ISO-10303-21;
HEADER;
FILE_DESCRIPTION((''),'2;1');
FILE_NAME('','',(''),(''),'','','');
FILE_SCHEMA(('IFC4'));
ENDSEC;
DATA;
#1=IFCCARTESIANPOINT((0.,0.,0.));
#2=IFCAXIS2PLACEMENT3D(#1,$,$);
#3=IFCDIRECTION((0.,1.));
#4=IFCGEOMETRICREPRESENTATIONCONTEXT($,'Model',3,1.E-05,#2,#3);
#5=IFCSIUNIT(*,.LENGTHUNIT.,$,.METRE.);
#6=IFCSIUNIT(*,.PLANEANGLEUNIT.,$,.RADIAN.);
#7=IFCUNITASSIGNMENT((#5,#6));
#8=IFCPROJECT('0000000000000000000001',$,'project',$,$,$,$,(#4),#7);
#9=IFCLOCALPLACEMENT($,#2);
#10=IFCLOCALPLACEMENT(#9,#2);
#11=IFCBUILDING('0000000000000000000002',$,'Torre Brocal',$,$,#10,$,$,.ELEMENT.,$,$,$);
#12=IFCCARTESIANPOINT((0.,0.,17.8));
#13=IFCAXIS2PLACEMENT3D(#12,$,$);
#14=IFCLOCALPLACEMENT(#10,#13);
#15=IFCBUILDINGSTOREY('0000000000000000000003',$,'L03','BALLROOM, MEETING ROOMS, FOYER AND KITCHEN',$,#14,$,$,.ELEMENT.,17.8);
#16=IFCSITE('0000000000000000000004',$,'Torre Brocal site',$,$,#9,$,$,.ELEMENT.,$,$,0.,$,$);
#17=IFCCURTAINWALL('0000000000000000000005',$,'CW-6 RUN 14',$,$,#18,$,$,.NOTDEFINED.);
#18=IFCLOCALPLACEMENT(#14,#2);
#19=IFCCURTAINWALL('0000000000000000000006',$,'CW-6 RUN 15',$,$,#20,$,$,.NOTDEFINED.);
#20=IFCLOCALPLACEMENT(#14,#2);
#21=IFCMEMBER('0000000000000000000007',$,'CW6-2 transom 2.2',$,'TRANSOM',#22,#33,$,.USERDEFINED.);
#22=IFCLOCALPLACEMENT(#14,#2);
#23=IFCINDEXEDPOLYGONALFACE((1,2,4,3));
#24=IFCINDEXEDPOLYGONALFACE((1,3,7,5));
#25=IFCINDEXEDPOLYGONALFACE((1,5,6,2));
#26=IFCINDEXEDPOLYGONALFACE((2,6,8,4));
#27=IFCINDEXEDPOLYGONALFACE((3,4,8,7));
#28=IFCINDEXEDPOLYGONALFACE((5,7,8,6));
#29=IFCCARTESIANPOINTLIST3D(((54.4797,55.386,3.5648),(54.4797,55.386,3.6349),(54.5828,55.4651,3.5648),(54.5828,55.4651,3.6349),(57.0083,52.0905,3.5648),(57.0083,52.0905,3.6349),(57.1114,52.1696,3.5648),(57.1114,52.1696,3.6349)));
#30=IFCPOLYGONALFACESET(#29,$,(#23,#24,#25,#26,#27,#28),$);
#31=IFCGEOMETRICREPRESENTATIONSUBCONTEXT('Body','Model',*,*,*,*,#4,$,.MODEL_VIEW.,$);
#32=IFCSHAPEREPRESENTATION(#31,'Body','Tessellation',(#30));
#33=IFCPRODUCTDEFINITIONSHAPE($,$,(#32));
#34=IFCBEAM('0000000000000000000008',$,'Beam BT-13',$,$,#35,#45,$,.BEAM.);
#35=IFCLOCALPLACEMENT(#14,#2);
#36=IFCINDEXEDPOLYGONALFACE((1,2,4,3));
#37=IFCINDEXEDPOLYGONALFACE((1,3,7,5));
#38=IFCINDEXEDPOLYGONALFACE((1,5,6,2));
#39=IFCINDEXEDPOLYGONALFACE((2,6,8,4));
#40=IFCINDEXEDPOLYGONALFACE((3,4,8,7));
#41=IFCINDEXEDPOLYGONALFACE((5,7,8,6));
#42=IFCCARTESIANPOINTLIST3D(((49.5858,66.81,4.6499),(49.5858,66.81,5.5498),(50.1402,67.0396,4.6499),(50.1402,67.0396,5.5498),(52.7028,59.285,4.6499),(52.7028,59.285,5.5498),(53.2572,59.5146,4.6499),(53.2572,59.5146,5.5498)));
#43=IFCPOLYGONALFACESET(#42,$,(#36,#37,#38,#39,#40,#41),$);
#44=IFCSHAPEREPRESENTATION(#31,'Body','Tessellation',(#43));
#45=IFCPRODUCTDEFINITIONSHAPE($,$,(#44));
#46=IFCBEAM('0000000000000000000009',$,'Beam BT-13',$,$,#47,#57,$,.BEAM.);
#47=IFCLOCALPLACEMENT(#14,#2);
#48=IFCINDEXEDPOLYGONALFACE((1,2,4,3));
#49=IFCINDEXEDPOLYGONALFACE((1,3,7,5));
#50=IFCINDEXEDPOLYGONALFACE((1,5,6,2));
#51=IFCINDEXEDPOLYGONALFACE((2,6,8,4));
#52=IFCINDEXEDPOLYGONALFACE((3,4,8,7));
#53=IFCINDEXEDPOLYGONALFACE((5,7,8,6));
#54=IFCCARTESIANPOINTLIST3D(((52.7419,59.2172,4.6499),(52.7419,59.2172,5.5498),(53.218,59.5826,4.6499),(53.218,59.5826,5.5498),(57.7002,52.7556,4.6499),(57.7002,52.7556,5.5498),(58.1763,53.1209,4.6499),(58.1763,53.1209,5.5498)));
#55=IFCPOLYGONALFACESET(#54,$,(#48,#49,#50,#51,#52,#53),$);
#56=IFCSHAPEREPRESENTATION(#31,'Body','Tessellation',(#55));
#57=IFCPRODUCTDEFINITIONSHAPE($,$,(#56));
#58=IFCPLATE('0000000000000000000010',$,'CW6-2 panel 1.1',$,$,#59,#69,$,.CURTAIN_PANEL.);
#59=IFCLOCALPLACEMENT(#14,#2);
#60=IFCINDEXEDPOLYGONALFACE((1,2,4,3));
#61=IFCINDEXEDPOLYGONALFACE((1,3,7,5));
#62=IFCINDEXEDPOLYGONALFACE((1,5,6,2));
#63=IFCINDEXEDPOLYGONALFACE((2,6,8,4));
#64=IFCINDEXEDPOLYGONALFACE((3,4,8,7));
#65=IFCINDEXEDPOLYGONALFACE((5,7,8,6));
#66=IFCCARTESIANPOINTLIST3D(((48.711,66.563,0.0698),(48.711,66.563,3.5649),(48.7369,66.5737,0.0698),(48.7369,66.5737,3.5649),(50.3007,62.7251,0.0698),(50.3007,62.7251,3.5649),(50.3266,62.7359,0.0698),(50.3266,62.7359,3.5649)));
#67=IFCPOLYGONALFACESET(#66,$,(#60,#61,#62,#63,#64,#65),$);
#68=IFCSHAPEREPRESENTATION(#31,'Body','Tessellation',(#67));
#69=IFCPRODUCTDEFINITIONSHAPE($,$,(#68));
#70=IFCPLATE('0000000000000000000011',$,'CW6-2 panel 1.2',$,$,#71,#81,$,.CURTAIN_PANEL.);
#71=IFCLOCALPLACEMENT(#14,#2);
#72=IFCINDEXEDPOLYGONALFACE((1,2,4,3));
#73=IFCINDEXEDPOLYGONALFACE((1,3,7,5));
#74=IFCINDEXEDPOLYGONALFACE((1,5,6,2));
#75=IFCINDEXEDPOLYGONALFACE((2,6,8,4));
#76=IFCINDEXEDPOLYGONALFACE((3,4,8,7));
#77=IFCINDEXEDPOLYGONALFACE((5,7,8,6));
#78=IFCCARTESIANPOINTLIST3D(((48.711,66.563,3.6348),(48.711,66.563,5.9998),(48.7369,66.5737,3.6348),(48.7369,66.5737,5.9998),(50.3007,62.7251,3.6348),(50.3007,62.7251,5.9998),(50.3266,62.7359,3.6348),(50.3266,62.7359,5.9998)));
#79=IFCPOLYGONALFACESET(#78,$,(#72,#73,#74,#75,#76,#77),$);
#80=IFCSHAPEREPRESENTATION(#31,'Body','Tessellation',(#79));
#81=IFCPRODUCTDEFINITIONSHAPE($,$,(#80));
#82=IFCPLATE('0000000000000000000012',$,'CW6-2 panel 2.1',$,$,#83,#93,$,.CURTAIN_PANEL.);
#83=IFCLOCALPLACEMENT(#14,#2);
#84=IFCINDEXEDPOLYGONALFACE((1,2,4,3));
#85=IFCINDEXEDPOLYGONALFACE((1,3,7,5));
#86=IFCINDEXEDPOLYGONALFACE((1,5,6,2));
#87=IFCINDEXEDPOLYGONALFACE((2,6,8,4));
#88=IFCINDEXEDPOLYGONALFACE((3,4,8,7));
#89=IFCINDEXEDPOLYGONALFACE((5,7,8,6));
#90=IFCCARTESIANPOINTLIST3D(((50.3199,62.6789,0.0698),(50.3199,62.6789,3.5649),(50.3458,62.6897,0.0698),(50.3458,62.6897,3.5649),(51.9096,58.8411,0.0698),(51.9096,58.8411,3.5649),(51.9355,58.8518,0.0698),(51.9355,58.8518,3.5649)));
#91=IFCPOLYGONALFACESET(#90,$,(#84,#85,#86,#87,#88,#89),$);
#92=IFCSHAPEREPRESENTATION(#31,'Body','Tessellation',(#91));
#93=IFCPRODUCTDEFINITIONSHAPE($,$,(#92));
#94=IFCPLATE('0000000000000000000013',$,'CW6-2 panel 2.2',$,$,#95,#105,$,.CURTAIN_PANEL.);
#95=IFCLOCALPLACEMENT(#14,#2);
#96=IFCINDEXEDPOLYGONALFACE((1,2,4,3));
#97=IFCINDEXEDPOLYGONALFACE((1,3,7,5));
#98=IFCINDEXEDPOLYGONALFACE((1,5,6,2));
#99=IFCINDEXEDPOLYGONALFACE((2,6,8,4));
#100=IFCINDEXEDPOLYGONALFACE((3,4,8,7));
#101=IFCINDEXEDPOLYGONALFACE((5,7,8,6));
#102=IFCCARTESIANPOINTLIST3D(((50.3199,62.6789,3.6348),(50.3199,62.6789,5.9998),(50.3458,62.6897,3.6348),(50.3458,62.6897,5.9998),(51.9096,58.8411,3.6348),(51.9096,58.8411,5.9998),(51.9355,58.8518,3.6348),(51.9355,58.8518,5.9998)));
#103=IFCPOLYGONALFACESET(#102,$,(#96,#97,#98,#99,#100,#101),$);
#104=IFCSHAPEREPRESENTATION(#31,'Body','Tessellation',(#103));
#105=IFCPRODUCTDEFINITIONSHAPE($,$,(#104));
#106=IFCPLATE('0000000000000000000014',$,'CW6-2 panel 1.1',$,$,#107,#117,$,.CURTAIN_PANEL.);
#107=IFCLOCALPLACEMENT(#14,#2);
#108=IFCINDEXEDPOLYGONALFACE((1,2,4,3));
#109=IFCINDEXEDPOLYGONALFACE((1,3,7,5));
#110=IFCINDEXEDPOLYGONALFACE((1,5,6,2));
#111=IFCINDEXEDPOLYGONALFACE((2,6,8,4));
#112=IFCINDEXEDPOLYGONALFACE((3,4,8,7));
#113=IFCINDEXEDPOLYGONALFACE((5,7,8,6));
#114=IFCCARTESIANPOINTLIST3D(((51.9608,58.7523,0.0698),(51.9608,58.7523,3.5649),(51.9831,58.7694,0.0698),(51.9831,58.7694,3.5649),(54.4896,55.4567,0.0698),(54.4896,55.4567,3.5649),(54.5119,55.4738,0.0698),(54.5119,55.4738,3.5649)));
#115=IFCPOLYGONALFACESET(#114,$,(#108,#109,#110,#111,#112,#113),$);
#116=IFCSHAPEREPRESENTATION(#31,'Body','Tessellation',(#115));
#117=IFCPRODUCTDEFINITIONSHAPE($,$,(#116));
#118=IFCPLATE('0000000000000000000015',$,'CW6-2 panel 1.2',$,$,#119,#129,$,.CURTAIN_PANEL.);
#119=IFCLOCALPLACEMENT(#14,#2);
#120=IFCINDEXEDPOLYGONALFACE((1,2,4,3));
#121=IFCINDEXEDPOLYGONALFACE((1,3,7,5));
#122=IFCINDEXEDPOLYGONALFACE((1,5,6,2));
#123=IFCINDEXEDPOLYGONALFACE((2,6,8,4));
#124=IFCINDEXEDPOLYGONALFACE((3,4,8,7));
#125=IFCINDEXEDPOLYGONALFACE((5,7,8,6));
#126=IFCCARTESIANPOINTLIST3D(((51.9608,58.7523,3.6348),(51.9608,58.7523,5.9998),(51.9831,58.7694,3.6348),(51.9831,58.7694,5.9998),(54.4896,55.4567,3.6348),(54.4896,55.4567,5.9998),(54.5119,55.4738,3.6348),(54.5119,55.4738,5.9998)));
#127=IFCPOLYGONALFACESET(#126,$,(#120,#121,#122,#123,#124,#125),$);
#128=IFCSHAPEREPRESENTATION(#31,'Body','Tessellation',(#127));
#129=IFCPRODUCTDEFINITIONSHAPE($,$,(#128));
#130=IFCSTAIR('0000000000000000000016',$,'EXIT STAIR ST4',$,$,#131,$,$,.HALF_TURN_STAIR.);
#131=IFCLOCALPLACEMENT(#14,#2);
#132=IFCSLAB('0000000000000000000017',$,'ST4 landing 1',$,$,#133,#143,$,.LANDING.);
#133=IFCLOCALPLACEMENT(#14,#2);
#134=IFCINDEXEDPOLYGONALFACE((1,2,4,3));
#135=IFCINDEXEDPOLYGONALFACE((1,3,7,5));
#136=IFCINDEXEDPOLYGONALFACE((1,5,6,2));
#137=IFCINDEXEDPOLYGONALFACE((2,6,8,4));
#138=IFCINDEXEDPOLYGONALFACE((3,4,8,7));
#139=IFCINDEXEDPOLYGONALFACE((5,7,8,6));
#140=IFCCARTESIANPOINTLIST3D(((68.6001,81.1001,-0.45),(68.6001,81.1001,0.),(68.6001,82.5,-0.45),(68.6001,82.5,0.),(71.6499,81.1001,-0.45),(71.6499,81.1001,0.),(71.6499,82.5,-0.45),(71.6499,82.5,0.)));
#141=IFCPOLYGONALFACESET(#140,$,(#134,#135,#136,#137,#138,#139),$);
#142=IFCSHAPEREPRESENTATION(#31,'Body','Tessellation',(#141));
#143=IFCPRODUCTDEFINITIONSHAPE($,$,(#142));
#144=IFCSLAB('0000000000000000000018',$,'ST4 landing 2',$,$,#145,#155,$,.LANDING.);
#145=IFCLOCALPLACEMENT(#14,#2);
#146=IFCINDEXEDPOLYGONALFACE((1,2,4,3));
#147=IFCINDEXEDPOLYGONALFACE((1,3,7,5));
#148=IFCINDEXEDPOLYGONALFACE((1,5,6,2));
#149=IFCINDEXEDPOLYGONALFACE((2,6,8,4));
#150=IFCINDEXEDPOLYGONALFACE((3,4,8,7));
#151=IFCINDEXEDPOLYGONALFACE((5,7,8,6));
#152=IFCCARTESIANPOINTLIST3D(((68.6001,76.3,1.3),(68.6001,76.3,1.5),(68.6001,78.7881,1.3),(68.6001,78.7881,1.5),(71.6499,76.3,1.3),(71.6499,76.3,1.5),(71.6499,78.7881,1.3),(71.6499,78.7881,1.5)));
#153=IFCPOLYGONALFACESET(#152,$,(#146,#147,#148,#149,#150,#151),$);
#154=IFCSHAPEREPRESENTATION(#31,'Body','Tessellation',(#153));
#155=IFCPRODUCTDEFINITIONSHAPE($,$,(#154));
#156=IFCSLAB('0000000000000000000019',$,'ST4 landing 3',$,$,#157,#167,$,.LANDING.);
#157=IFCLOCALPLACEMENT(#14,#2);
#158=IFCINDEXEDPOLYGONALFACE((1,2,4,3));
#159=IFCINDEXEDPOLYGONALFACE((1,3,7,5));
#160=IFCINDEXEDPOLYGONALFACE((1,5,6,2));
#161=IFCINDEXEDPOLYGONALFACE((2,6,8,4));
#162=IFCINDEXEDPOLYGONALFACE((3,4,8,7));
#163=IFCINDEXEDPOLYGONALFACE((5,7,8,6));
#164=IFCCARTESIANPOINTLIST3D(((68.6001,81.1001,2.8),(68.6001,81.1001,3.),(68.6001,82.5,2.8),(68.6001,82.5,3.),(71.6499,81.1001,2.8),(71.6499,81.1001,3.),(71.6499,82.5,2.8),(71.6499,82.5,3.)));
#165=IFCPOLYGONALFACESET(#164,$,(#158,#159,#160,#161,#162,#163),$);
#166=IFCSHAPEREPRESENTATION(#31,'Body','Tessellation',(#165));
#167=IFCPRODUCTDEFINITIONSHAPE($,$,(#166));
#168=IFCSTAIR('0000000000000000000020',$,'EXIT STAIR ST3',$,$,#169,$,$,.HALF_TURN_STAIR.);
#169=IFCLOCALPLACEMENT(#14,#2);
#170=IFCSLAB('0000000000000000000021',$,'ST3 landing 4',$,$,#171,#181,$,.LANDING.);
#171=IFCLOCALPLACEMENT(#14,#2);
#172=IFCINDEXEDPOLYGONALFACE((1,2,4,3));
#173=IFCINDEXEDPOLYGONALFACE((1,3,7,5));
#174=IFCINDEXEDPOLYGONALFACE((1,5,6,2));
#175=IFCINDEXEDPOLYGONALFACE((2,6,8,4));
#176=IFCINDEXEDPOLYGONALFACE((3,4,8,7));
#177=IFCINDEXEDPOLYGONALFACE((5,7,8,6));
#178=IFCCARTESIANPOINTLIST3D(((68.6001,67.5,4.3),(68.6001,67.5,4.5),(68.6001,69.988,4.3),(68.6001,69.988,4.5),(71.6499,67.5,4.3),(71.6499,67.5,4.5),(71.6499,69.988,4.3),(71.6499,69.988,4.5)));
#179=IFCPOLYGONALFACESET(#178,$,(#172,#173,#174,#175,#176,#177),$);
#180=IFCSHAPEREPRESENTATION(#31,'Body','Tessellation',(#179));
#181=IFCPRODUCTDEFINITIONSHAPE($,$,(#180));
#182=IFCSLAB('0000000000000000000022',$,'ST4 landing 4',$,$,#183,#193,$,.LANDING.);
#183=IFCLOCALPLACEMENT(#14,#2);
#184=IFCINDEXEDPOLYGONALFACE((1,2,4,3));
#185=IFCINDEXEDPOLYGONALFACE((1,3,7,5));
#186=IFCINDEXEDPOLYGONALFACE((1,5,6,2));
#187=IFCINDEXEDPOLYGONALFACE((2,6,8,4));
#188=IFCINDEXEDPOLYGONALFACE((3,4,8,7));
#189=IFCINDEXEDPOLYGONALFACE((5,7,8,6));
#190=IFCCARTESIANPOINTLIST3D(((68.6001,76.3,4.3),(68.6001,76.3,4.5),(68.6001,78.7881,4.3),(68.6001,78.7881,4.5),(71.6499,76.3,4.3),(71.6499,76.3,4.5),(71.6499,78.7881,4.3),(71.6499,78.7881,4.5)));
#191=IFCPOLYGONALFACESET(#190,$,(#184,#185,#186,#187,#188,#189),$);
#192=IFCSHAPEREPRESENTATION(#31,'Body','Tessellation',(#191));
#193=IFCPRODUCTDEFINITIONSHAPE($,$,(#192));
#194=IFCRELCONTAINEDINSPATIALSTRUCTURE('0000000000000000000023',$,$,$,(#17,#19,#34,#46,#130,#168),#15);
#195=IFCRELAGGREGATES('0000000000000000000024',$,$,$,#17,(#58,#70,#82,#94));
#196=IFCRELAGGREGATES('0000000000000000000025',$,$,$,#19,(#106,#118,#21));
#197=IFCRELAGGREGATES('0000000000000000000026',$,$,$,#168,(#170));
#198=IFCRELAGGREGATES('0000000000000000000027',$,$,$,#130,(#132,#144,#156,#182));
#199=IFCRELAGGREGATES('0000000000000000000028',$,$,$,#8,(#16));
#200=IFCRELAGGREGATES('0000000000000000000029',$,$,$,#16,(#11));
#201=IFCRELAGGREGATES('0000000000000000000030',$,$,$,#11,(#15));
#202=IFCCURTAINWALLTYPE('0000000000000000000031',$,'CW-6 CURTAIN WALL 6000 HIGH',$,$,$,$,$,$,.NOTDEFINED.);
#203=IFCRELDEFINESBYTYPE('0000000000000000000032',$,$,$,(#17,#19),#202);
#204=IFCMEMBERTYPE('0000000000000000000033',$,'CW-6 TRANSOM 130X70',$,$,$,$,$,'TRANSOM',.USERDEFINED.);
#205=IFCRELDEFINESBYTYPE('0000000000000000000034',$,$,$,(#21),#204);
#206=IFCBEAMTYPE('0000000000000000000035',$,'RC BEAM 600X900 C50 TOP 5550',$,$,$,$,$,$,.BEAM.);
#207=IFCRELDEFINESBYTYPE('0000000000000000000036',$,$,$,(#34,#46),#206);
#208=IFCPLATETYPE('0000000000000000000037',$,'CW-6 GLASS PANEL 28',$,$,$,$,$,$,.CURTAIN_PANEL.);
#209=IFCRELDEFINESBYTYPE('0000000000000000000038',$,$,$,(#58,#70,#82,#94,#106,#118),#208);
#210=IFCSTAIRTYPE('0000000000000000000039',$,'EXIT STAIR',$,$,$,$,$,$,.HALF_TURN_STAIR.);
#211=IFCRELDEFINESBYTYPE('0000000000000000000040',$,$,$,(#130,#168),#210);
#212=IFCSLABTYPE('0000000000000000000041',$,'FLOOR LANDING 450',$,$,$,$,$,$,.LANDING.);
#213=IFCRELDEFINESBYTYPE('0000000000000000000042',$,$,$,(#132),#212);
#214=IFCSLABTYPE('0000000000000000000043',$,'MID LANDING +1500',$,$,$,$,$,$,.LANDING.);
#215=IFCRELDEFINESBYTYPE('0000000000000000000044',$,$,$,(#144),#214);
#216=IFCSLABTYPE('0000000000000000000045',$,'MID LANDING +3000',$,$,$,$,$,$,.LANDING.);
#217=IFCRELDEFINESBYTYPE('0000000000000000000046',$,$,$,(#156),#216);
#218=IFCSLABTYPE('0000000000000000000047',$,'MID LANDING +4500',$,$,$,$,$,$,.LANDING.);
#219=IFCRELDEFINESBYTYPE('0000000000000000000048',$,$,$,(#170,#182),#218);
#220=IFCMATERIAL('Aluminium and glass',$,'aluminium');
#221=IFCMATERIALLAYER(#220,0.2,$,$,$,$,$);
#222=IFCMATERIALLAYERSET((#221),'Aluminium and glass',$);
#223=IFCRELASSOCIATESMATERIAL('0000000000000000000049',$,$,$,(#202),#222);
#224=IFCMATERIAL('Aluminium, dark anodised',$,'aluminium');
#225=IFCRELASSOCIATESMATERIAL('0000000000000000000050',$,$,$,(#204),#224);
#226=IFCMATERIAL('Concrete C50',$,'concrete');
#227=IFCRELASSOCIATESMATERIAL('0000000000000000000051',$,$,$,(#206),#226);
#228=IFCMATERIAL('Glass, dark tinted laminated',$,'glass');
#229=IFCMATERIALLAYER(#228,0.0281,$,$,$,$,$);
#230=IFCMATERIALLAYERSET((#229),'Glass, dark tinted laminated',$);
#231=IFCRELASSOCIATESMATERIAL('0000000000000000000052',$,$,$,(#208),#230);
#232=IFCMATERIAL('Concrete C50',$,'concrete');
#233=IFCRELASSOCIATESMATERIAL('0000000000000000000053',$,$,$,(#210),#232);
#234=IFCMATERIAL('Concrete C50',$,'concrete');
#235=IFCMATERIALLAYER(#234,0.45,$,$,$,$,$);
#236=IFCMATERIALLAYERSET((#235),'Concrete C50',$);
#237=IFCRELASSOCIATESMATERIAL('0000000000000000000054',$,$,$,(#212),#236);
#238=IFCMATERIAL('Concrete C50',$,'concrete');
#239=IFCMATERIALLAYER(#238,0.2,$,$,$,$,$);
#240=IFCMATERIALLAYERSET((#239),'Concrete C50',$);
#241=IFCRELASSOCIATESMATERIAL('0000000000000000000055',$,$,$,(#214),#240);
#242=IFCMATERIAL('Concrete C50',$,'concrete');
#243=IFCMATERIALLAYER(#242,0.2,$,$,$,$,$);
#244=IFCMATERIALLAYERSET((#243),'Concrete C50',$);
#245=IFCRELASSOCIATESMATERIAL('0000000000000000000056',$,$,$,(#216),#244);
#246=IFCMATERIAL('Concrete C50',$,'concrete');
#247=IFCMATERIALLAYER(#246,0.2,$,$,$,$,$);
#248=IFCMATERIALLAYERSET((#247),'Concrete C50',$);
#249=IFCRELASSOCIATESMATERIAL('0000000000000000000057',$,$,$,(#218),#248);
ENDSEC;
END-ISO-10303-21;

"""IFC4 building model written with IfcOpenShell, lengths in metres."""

from ifc_helpers import new_model, si_unit, direction, frame, origin, origin_2d, place, context, subcontext, project, spatial, polyline, rectangle, outline, extrude, material, layer, layer_set, material_profile, profile_set, type_object, element, aggregate, save


model = new_model("IFC4")

# Units and contexts
model_context = context("Model", 3, precision=1e-05, world=origin(), true_north=direction((0.0, 1.0)))
body_context = subcontext(model_context, "Body", "Model", "MODEL_VIEW")
ifc_project = project(units=[si_unit("LENGTHUNIT", "METRE"), si_unit("PLANEANGLEUNIT", "RADIAN")], contexts=[model_context])

# Site, building, storey
site_placement = place(None, origin())
site = spatial("IfcSite", under=ifc_project, at=site_placement, Name="Torre Brocal site", CompositionType="ELEMENT", RefElevation=0.0)
building_placement = place(site_placement, origin())
building = spatial("IfcBuilding", under=site, at=building_placement, Name="Torre Brocal", CompositionType="ELEMENT")
storey_placement = place(building_placement, frame((0.0, 0.0, 17.8)))
storey = spatial("IfcBuildingStorey", under=building, at=storey_placement, Name="L03", Description="BALLROOM, MEETING ROOMS, FOYER AND KITCHEN", CompositionType="ELEMENT", Elevation=17.8)

# Curtain walls
ifc_material_1 = material(Name="Aluminium and glass", Category="aluminium")
ifc_layer_1 = layer(ifc_material_1, 0.2)
ifc_layer_set_1 = layer_set([ifc_layer_1], Name="Aluminium and glass")
curtain_wall_type = type_object("IfcCurtainWallType", Name="CW-6 CURTAIN WALL 6000 HIGH", PredefinedType="NOTDEFINED", material=ifc_layer_set_1)
curtain_wall_1_placement = place(storey_placement, origin())
curtain_wall_1 = element("IfcCurtainWall", 1, at=curtain_wall_1_placement, inside=storey, type_object=curtain_wall_type, Name="CW-6 RUN 14", PredefinedType="NOTDEFINED")
curtain_wall_2_placement = place(storey_placement, origin())
curtain_wall_2 = element("IfcCurtainWall", 2, at=curtain_wall_2_placement, inside=storey, type_object=curtain_wall_type, Name="CW-6 RUN 15", PredefinedType="NOTDEFINED")

# Member
ifc_material_2 = material(Name="Aluminium, dark anodised", Category="aluminium")
ifc_material_profile_1 = material_profile(ifc_material_2, rectangle(XDim=0.1299, YDim=0.0701, at=origin_2d()), Name="CW-6 TRANSOM 130X70")
ifc_profile_set_1 = profile_set([ifc_material_profile_1], Name="Aluminium, dark anodised")
member_type_1 = type_object("IfcMemberType", Name="CW-6 TRANSOM 130X70", ElementType="TRANSOM", PredefinedType="USERDEFINED", material=ifc_profile_set_1)
member_1_placement = place(storey_placement, frame((54.5312, 55.4255, 3.5999), z_axis=(0.608747, -0.793364, 0.0), x_axis=(0.793364, 0.608747, 0.0)))
member_1 = element("IfcMember", 3, at=member_1_placement, type_object=member_type_1, Name="CW6-2 transom 2.2", ObjectType="TRANSOM", PredefinedType="USERDEFINED", context=body_context, shape_type="SweptSolid", body=[
    extrude(rectangle(XDim=0.1299, YDim=0.0701, at=origin_2d()), origin(), (0.0, 0.0, 1.0), 4.1538),
])

# Beams
ifc_material_3 = material(Name="Concrete C50", Category="concrete")
ifc_material_profile_2 = material_profile(ifc_material_3, rectangle(XDim=0.6001, YDim=0.8999, at=origin_2d()), Name="RC 600X900")
ifc_profile_set_2 = profile_set([ifc_material_profile_2], Name="Concrete C50")
beam_type = type_object("IfcBeamType", Name="RC BEAM 600X900 C50 TOP 5550", PredefinedType="BEAM", material=ifc_profile_set_2)
beam_1_placement = place(storey_placement, frame((49.863, 66.9248, 5.0999), z_axis=(0.382686, -0.923878, 0.0), x_axis=(0.923878, 0.382686, 0.0)))
element("IfcBeam", 4, at=beam_1_placement, inside=storey, type_object=beam_type, Name="Beam BT-13", PredefinedType="BEAM", context=body_context, shape_type="SweptSolid", body=[
    extrude(rectangle(XDim=0.6001, YDim=0.8999, at=origin_2d()), origin(), (0.0, 0.0, 1.0), 8.145),
])
beam_2_placement = place(storey_placement, frame((52.98, 59.3999, 5.0999), z_axis=(0.608764, -0.793351, 0.0), x_axis=(0.793351, 0.608764, 0.0)))
element("IfcBeam", 5, at=beam_2_placement, inside=storey, type_object=beam_type, Name="Beam BT-13", PredefinedType="BEAM", context=body_context, shape_type="SweptSolid", body=[
    extrude(rectangle(XDim=0.6001, YDim=0.8999, at=origin_2d()), origin(), (0.0, 0.0, 1.0), 8.1448),
])

# Plates
ifc_material_4 = material(Name="Glass, dark tinted laminated", Category="glass")
ifc_layer_2 = layer(ifc_material_4, 0.0281)
ifc_layer_set_2 = layer_set([ifc_layer_2], Name="Glass, dark tinted laminated")
plate_type = type_object("IfcPlateType", Name="CW-6 GLASS PANEL 28", PredefinedType="CURTAIN_PANEL", material=ifc_layer_set_2)
plate_1_placement = place(storey_placement, frame((49.5188, 64.6494, 0.0698), z_axis=(0.0, 0.0, 1.0), x_axis=(0.382683, -0.92388, 0.0)))
plate_1 = element("IfcPlate", 6, at=plate_1_placement, type_object=plate_type, Name="CW6-2 panel 1.1", PredefinedType="CURTAIN_PANEL", context=body_context, shape_type="SweptSolid", body=[
    extrude(rectangle(XDim=4.1541, YDim=0.0281, at=origin_2d()), origin(), (0.0, 0.0, 1.0), 3.4951),
])
plate_2_placement = place(storey_placement, frame((49.5188, 64.6494, 3.6348), z_axis=(0.0, 0.0, 1.0), x_axis=(0.382683, -0.92388, 0.0)))
plate_2 = element("IfcPlate", 7, at=plate_2_placement, type_object=plate_type, Name="CW6-2 panel 1.2", PredefinedType="CURTAIN_PANEL", context=body_context, shape_type="SweptSolid", body=[
    extrude(rectangle(XDim=4.1541, YDim=0.0281, at=origin_2d()), origin(), (0.0, 0.0, 1.0), 2.365),
])
plate_3_placement = place(storey_placement, frame((51.1277, 60.7654, 0.0698), z_axis=(0.0, 0.0, 1.0), x_axis=(0.382683, -0.92388, 0.0)))
plate_3 = element("IfcPlate", 8, at=plate_3_placement, type_object=plate_type, Name="CW6-2 panel 2.1", PredefinedType="CURTAIN_PANEL", context=body_context, shape_type="SweptSolid", body=[
    extrude(rectangle(XDim=4.1541, YDim=0.0281, at=origin_2d()), origin(), (0.0, 0.0, 1.0), 3.4951),
])
plate_4_placement = place(storey_placement, frame((51.1277, 60.7654, 3.6348), z_axis=(0.0, 0.0, 1.0), x_axis=(0.382683, -0.92388, 0.0)))
plate_4 = element("IfcPlate", 9, at=plate_4_placement, type_object=plate_type, Name="CW6-2 panel 2.2", PredefinedType="CURTAIN_PANEL", context=body_context, shape_type="SweptSolid", body=[
    extrude(rectangle(XDim=4.1541, YDim=0.0281, at=origin_2d()), origin(), (0.0, 0.0, 1.0), 2.365),
])
aggregate(curtain_wall_1, [plate_1, plate_2, plate_3, plate_4])
plate_5_placement = place(storey_placement, frame((53.2363, 57.113, 0.0698), z_axis=(0.0, 0.0, 1.0), x_axis=(0.608761, -0.793353, 0.0)))
plate_5 = element("IfcPlate", 10, at=plate_5_placement, type_object=plate_type, Name="CW6-2 panel 1.1", PredefinedType="CURTAIN_PANEL", context=body_context, shape_type="SweptSolid", body=[
    extrude(rectangle(XDim=4.1541, YDim=0.0281, at=origin_2d()), origin(), (0.0, 0.0, 1.0), 3.4951),
])
plate_6_placement = place(storey_placement, frame((53.2363, 57.113, 3.6348), z_axis=(0.0, 0.0, 1.0), x_axis=(0.608761, -0.793353, 0.0)))
plate_6 = element("IfcPlate", 11, at=plate_6_placement, type_object=plate_type, Name="CW6-2 panel 1.2", PredefinedType="CURTAIN_PANEL", context=body_context, shape_type="SweptSolid", body=[
    extrude(rectangle(XDim=4.1541, YDim=0.0281, at=origin_2d()), origin(), (0.0, 0.0, 1.0), 2.365),
])
aggregate(curtain_wall_2, [plate_5, plate_6, member_1])

# Stair, slabs
ifc_material_5 = material(Name="Concrete C50", Category="concrete")
stair_type = type_object("IfcStairType", Name="EXIT STAIR", PredefinedType="HALF_TURN_STAIR", material=ifc_material_5)
stair_1_placement = place(storey_placement, origin())
stair_1 = element("IfcStair", 12, at=stair_1_placement, inside=storey, type_object=stair_type, Name="EXIT STAIR ST4", PredefinedType="HALF_TURN_STAIR")
ifc_material_6 = material(Name="Concrete C50", Category="concrete")
ifc_layer_3 = layer(ifc_material_6, 0.45)
ifc_layer_set_3 = layer_set([ifc_layer_3], Name="Concrete C50")
slab_type_1 = type_object("IfcSlabType", Name="FLOOR LANDING 450", PredefinedType="LANDING", material=ifc_layer_set_3)
slab_1_placement = place(storey_placement, frame((0.0, 0.0, -0.45)))
slab_1 = element("IfcSlab", 13, at=slab_1_placement, type_object=slab_type_1, Name="ST4 landing 1", PredefinedType="LANDING", context=body_context, shape_type="SweptSolid", body=[
    extrude(outline(polyline([(71.6499, 82.5), (68.6001, 82.5), (68.6001, 81.1001), (71.6499, 81.1001), (71.6499, 82.5)])), origin(), (0.0, 0.0, 1.0), 0.45),
])
ifc_material_7 = material(Name="Concrete C50", Category="concrete")
ifc_layer_4 = layer(ifc_material_7, 0.2)
ifc_layer_set_4 = layer_set([ifc_layer_4], Name="Concrete C50")
slab_type_2 = type_object("IfcSlabType", Name="MID LANDING +1500", PredefinedType="LANDING", material=ifc_layer_set_4)
slab_2_placement = place(storey_placement, frame((0.0, 0.0, 1.3)))
slab_2 = element("IfcSlab", 14, at=slab_2_placement, type_object=slab_type_2, Name="ST4 landing 2", PredefinedType="LANDING", context=body_context, shape_type="SweptSolid", body=[
    extrude(outline(polyline([(71.6499, 78.7881), (68.6001, 78.7881), (68.6001, 76.3), (71.6499, 76.3), (71.6499, 78.7881)])), origin(), (0.0, 0.0, 1.0), 0.2),
])
ifc_material_8 = material(Name="Concrete C50", Category="concrete")
ifc_layer_5 = layer(ifc_material_8, 0.2)
ifc_layer_set_5 = layer_set([ifc_layer_5], Name="Concrete C50")
slab_type_3 = type_object("IfcSlabType", Name="MID LANDING +3000", PredefinedType="LANDING", material=ifc_layer_set_5)
slab_3_placement = place(storey_placement, frame((0.0, 0.0, 2.8)))
slab_3 = element("IfcSlab", 15, at=slab_3_placement, type_object=slab_type_3, Name="ST4 landing 3", PredefinedType="LANDING", context=body_context, shape_type="SweptSolid", body=[
    extrude(outline(polyline([(71.6499, 82.5), (68.6001, 82.5), (68.6001, 81.1001), (71.6499, 81.1001), (71.6499, 82.5)])), origin(), (0.0, 0.0, 1.0), 0.2),
])

# Stair, slab
stair_2_placement = place(storey_placement, origin())
stair_2 = element("IfcStair", 16, at=stair_2_placement, inside=storey, type_object=stair_type, Name="EXIT STAIR ST3", PredefinedType="HALF_TURN_STAIR")
ifc_material_9 = material(Name="Concrete C50", Category="concrete")
ifc_layer_6 = layer(ifc_material_9, 0.2)
ifc_layer_set_6 = layer_set([ifc_layer_6], Name="Concrete C50")
slab_type_4 = type_object("IfcSlabType", Name="MID LANDING +4500", PredefinedType="LANDING", material=ifc_layer_set_6)
slab_4_placement = place(storey_placement, frame((0.0, 0.0, 4.3)))
slab_4 = element("IfcSlab", 17, at=slab_4_placement, type_object=slab_type_4, Name="ST3 landing 4", PredefinedType="LANDING", context=body_context, shape_type="SweptSolid", body=[
    extrude(outline(polyline([(71.6499, 69.988), (68.6001, 69.988), (68.6001, 67.5), (71.6499, 67.5), (71.6499, 69.988)])), origin(), (0.0, 0.0, 1.0), 0.2),
])
aggregate(stair_2, [slab_4])

# Slab
slab_5_placement = place(storey_placement, frame((0.0, 0.0, 4.3)))
slab_5 = element("IfcSlab", 18, at=slab_5_placement, type_object=slab_type_4, Name="ST4 landing 4", PredefinedType="LANDING", context=body_context, shape_type="SweptSolid", body=[
    extrude(outline(polyline([(71.6499, 78.7881), (68.6001, 78.7881), (68.6001, 76.3), (71.6499, 76.3), (71.6499, 78.7881)])), origin(), (0.0, 0.0, 1.0), 0.2),
])
aggregate(stair_1, [slab_1, slab_2, slab_3, slab_5])

save(model, "model.ifc")
